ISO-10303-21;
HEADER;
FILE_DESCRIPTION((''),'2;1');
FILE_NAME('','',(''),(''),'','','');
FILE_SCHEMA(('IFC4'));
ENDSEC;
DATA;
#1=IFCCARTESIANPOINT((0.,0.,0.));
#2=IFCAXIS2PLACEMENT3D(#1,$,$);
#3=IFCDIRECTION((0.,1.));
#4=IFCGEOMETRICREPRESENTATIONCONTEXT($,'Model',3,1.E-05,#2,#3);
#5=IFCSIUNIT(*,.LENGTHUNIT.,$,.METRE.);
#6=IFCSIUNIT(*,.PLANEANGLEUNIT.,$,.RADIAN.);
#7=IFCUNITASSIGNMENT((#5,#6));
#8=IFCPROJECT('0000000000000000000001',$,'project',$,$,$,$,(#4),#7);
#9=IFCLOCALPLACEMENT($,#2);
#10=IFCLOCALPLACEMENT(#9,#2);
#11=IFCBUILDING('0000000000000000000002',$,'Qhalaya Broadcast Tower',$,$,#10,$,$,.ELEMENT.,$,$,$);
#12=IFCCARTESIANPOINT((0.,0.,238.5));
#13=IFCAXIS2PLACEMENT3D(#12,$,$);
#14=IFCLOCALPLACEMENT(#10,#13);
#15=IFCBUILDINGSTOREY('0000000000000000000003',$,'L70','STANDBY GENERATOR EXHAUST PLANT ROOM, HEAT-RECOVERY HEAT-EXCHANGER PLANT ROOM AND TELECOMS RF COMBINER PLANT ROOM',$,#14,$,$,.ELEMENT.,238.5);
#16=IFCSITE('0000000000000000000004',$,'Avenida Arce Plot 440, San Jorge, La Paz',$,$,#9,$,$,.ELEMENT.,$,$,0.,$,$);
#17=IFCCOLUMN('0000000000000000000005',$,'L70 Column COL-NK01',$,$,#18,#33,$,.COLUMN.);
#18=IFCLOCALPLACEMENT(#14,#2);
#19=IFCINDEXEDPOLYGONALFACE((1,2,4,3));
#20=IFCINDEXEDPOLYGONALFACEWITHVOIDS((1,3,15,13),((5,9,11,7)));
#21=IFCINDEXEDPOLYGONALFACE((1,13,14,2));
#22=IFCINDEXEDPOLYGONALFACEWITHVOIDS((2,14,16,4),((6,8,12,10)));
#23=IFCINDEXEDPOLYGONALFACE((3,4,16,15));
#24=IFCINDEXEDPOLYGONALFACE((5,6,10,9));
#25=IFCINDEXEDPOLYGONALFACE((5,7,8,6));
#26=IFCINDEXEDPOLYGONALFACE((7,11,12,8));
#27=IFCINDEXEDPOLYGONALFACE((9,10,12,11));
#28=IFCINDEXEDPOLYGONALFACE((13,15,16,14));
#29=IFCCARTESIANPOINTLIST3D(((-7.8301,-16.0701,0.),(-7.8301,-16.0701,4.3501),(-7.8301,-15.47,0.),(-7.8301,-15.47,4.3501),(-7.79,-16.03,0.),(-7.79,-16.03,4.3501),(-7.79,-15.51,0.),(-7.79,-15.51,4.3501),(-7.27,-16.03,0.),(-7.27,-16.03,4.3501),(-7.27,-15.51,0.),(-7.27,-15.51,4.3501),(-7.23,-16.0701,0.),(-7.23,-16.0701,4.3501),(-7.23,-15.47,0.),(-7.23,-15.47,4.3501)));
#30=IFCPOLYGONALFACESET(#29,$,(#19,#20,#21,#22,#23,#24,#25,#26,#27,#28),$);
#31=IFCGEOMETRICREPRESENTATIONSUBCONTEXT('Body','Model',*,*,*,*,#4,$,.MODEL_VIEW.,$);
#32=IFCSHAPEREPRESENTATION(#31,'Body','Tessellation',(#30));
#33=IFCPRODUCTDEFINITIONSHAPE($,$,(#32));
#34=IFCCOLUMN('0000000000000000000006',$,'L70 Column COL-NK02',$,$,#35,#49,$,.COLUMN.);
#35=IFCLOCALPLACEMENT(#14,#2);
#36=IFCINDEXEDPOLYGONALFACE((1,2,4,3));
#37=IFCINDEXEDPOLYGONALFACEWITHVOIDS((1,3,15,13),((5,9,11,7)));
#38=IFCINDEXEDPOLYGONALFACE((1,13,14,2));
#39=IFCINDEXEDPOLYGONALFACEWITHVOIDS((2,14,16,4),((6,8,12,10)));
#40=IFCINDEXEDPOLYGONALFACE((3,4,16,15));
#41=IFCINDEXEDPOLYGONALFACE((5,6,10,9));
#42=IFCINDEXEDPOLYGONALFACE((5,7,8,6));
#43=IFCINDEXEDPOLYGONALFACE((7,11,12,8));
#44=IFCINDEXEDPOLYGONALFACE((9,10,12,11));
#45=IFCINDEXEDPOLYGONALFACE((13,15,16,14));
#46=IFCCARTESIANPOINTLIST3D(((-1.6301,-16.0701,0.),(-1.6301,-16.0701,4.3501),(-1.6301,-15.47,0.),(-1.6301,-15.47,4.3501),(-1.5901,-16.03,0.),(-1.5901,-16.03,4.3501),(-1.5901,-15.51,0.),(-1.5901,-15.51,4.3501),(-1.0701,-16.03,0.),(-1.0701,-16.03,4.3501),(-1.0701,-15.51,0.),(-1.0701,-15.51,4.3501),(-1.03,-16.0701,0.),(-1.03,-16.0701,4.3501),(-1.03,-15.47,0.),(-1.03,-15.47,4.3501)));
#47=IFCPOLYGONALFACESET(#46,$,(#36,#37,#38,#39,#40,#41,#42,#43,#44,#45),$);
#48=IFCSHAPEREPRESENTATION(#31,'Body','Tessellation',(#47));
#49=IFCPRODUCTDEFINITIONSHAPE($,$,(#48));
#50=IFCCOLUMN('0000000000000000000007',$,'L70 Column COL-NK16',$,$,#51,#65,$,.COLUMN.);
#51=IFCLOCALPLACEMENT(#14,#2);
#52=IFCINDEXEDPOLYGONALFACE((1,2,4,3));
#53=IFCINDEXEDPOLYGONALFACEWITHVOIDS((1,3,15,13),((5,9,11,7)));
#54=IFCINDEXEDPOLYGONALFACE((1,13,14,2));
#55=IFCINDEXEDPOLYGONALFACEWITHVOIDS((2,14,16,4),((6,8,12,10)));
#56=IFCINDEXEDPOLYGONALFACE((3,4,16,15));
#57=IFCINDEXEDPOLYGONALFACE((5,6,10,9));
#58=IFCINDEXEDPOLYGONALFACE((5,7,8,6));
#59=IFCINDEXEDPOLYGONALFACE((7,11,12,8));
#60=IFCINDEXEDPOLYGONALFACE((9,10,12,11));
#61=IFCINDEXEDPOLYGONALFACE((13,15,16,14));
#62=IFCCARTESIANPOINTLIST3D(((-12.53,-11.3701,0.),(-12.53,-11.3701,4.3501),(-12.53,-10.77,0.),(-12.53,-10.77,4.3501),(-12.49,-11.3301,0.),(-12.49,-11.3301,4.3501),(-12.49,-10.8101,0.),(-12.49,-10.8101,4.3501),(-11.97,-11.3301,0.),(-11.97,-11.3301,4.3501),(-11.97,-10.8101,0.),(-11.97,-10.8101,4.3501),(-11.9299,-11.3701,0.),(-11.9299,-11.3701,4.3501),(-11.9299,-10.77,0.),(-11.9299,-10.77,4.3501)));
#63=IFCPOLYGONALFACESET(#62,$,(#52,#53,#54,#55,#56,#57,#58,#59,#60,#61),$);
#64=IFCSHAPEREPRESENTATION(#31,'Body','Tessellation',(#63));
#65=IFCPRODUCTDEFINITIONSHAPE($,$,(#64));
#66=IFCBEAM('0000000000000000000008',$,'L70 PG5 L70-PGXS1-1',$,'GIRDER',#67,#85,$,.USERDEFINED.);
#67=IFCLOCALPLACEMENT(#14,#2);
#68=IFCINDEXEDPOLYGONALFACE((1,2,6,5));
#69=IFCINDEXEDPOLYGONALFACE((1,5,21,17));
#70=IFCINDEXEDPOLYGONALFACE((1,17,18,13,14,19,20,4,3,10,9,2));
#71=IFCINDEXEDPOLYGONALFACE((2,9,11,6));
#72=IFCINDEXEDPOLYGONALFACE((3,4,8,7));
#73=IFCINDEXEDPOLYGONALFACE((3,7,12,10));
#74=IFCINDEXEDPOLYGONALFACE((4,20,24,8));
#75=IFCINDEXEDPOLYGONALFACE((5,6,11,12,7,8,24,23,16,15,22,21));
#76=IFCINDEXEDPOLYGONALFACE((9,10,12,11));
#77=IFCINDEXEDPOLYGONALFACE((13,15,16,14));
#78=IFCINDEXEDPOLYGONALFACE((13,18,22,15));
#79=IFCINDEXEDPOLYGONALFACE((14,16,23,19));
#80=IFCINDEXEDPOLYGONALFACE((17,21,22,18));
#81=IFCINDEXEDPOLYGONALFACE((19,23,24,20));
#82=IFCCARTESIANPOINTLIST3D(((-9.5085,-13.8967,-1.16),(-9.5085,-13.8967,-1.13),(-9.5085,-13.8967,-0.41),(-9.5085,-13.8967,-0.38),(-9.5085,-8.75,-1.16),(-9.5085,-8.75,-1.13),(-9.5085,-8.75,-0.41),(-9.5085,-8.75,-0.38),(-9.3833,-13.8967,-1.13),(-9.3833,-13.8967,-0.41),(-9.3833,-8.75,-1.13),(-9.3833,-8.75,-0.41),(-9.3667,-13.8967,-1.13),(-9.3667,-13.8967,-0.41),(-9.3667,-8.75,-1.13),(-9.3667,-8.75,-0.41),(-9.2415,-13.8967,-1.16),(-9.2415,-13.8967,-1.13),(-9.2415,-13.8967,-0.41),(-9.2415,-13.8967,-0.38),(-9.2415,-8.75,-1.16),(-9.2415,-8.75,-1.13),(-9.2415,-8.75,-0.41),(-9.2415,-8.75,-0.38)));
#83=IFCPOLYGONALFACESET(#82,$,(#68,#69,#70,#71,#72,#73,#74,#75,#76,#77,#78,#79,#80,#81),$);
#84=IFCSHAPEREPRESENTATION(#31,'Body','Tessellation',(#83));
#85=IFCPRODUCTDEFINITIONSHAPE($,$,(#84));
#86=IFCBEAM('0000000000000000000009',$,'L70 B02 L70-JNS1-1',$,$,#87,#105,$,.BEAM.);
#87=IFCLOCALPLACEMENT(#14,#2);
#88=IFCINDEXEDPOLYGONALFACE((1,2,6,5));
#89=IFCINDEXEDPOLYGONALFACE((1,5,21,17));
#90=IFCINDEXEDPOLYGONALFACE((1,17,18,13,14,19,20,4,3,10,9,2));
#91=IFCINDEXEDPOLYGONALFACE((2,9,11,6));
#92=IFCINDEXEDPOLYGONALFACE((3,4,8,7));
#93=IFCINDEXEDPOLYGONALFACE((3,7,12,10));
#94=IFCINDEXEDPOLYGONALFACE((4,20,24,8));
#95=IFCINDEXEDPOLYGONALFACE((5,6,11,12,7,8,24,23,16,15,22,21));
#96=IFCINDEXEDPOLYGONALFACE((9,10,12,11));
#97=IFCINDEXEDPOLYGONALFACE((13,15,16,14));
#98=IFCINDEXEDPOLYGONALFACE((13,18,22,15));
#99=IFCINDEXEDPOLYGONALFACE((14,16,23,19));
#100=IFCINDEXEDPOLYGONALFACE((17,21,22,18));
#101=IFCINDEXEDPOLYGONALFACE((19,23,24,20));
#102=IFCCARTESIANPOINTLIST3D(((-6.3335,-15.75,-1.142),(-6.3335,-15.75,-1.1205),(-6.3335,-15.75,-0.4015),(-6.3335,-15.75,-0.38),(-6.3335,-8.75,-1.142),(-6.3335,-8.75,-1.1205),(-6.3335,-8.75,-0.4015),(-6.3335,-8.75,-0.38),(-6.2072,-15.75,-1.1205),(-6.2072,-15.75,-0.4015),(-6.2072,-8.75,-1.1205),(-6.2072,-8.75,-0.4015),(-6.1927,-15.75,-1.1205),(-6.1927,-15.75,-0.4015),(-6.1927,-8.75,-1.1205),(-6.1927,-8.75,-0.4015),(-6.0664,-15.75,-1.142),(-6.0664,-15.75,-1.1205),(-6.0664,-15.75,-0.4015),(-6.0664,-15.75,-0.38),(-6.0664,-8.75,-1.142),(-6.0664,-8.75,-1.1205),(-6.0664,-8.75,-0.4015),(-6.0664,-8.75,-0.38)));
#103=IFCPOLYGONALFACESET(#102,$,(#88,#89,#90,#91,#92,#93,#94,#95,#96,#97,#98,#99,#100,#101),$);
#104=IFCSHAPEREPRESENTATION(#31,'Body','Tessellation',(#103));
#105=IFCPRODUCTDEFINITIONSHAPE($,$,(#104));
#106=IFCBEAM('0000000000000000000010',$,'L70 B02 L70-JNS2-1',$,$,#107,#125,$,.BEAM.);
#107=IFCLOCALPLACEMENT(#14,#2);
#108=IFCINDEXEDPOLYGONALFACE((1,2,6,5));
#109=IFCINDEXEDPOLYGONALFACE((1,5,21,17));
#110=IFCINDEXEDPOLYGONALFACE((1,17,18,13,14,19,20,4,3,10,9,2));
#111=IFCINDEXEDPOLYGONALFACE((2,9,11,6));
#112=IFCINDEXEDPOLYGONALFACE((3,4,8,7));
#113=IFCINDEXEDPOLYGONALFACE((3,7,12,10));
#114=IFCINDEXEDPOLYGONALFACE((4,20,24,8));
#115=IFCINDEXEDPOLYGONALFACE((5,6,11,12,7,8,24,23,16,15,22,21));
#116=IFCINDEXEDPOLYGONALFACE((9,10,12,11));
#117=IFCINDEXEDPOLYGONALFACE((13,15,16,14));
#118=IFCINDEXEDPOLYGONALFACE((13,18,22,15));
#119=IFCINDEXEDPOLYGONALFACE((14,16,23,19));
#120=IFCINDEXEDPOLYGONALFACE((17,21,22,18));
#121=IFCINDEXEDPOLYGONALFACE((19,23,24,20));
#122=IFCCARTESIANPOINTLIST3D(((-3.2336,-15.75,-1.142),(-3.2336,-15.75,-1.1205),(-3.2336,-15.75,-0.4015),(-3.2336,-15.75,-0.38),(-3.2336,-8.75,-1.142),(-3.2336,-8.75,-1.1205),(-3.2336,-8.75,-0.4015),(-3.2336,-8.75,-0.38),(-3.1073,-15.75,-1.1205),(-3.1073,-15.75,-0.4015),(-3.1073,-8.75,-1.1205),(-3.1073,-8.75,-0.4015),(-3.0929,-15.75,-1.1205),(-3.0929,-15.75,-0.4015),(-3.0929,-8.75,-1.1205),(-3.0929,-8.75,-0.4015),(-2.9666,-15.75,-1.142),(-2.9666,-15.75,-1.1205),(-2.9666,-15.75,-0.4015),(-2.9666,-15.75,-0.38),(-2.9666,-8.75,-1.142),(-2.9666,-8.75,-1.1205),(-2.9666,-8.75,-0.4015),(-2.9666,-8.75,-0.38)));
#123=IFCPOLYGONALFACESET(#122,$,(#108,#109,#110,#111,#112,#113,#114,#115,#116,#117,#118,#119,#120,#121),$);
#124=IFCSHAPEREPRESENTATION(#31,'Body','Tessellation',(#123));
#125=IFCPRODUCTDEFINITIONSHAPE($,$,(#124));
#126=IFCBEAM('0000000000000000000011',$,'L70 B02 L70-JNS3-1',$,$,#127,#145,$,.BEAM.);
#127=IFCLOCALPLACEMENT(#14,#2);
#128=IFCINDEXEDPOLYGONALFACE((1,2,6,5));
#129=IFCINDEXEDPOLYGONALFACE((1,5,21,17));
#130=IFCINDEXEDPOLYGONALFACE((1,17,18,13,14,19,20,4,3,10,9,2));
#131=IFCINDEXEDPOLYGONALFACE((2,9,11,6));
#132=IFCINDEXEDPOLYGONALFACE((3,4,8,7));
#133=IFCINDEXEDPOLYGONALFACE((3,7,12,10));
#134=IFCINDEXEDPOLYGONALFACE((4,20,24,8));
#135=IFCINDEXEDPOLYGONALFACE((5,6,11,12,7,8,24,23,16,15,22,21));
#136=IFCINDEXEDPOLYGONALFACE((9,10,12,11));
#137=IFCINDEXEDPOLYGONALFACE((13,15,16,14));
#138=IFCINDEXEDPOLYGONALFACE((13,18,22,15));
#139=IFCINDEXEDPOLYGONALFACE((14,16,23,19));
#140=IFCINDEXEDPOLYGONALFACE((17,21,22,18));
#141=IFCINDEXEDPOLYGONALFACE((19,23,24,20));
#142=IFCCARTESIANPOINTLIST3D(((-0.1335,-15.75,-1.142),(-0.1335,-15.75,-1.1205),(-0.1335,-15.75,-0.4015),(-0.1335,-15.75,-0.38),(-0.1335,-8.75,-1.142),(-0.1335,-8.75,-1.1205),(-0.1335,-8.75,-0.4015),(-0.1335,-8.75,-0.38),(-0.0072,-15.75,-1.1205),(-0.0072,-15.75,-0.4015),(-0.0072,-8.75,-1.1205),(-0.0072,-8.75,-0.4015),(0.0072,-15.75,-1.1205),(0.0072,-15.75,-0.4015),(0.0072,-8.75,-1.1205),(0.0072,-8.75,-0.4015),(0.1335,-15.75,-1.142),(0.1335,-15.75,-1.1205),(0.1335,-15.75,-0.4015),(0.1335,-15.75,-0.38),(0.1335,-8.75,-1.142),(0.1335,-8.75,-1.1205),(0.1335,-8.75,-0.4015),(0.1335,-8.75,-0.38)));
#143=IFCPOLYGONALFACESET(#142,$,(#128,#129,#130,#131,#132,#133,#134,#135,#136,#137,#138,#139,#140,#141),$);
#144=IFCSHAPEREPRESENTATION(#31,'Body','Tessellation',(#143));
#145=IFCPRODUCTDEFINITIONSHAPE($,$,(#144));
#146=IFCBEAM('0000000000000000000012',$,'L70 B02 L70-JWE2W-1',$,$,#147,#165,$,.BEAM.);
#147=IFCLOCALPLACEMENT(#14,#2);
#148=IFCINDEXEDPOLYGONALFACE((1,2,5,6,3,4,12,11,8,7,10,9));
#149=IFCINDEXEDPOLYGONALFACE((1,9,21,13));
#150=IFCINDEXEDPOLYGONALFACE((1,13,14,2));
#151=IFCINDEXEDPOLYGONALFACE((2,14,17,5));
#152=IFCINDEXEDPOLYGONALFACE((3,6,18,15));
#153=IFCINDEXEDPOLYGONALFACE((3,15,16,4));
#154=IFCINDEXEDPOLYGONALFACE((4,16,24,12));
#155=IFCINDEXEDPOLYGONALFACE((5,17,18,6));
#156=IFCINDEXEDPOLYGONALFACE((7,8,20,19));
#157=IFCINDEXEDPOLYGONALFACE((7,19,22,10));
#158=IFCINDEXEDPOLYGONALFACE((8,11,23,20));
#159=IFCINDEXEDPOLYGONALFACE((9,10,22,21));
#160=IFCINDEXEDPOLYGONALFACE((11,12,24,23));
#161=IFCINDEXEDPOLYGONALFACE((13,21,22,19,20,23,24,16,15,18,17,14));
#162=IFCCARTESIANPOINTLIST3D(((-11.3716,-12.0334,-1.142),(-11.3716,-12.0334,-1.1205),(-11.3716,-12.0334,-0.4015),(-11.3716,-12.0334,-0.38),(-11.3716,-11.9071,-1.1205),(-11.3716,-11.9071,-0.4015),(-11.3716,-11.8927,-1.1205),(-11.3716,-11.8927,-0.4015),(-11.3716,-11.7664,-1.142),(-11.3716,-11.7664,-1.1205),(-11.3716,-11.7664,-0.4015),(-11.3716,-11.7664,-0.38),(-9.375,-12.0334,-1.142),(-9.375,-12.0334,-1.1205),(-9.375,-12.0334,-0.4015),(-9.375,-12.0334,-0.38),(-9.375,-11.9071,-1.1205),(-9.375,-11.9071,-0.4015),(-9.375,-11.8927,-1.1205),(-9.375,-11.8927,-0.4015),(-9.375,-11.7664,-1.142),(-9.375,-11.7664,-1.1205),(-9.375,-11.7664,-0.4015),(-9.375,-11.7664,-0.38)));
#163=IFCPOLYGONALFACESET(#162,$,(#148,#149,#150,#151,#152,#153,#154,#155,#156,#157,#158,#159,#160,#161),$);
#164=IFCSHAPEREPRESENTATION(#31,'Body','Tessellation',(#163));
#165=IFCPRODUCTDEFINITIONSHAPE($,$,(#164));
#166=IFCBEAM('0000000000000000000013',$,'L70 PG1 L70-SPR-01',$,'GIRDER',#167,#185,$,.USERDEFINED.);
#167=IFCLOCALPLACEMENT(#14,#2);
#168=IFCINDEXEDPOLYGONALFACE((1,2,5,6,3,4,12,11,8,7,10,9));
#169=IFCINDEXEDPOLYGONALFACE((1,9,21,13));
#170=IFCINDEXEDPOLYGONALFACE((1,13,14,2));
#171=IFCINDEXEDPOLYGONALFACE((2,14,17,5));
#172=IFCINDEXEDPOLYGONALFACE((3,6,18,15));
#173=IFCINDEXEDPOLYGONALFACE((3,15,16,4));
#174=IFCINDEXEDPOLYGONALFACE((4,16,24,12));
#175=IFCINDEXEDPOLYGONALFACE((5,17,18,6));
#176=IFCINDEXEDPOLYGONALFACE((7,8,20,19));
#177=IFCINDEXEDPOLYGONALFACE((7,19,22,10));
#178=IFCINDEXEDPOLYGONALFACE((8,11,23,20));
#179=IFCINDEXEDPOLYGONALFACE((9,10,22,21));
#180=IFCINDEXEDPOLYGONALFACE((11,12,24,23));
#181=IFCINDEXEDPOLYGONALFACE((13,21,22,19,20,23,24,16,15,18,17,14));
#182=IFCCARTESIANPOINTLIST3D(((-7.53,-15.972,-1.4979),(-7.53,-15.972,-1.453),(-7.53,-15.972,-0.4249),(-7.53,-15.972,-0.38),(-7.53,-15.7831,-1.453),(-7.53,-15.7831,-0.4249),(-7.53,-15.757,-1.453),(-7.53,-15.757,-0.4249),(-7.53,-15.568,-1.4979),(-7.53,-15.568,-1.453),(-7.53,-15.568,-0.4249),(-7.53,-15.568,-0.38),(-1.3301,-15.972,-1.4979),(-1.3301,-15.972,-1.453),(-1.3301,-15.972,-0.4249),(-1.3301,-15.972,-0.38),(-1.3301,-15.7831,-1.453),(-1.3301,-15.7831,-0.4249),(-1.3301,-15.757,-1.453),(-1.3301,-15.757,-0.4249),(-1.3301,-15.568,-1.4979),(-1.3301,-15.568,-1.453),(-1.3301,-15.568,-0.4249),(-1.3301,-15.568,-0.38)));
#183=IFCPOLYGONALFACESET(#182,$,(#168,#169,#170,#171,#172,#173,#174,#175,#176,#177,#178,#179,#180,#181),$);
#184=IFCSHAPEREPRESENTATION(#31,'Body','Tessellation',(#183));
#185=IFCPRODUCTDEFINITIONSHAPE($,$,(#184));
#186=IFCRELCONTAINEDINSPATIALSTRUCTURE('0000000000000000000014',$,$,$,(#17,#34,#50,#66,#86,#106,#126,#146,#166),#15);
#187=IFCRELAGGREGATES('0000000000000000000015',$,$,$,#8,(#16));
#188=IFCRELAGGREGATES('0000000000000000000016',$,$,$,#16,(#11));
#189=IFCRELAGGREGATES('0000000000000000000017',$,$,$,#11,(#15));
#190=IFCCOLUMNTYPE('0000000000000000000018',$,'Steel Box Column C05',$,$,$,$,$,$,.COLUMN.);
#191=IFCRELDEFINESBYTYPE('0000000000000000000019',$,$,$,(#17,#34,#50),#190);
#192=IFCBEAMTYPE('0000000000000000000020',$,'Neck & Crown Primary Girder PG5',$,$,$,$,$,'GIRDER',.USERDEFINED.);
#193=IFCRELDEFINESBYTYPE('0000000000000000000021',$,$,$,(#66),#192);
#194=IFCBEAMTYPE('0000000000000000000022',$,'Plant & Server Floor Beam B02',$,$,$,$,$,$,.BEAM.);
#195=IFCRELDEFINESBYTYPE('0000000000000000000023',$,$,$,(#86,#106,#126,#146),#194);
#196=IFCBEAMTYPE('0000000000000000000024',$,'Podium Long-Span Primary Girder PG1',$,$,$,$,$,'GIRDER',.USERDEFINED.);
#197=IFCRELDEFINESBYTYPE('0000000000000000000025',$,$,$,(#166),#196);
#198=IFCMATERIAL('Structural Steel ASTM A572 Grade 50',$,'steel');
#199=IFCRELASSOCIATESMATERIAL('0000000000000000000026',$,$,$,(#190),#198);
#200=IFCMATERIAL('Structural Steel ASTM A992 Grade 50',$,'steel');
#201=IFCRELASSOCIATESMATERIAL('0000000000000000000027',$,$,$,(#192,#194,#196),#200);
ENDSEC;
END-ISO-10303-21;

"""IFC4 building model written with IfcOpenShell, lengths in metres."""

from ifc_helpers import new_model, si_unit, direction, frame, origin, origin_2d, place, context, subcontext, project, spatial, hollow_rectangle, i_section, extrude, material, material_profile, profile_set, type_object, element, save


model = new_model("IFC4")

# Units and contexts
model_context = context("Model", 3, precision=1e-05, world=origin(), true_north=direction((0.0, 1.0)))
body_context = subcontext(model_context, "Body", "Model", "MODEL_VIEW")
ifc_project = project(units=[si_unit("LENGTHUNIT", "METRE"), si_unit("PLANEANGLEUNIT", "RADIAN")], contexts=[model_context])

# Site, building, storey
site_placement = place(None, origin())
site = spatial("IfcSite", under=ifc_project, at=site_placement, Name="Avenida Arce Plot 440, San Jorge, La Paz", CompositionType="ELEMENT", RefElevation=0.0)
building_placement = place(site_placement, origin())
building = spatial("IfcBuilding", under=site, at=building_placement, Name="Qhalaya Broadcast Tower", CompositionType="ELEMENT")
storey_placement = place(building_placement, frame((0.0, 0.0, 238.5)))
storey = spatial("IfcBuildingStorey", under=building, at=storey_placement, Name="L70", Description="STANDBY GENERATOR EXHAUST PLANT ROOM, HEAT-RECOVERY HEAT-EXCHANGER PLANT ROOM AND TELECOMS RF COMBINER PLANT ROOM", CompositionType="ELEMENT", Elevation=238.5)

# Columns
ifc_material_1 = material(Name="Structural Steel ASTM A572 Grade 50", Category="steel")
ifc_material_profile_1 = material_profile(ifc_material_1, hollow_rectangle(XDim=0.6001, YDim=0.6001, WallThickness=0.04, at=origin_2d()), Name="BOX 600x600x40")
ifc_profile_set_1 = profile_set([ifc_material_profile_1], Name="Structural Steel ASTM A572 Grade 50")
column_type = type_object("IfcColumnType", Name="Steel Box Column C05", PredefinedType="COLUMN", material=ifc_profile_set_1)
for number, where, z_axis, x_axis, name in (
    (1, (-7.53, -15.77, 0.0), (0.0, 0.0, 1.0), (1.0, 0.0, 0.0), "L70 Column COL-NK01"),
    (2, (-1.3301, -15.77, 0.0), (0.0, 0.0, 1.0), (1.0, 0.0, 0.0), "L70 Column COL-NK02"),
    (3, (-12.23, -11.0701, 0.0), (0.0, 0.0, 1.0), (0.0, 1.0, 0.0), "L70 Column COL-NK16"),
):
    element("IfcColumn", number, at=place(storey_placement, frame(where, z_axis=z_axis, x_axis=x_axis)), inside=storey, type_object=column_type, Name=name, PredefinedType="COLUMN", context=body_context, shape_type="SweptSolid", body=[
        extrude(hollow_rectangle(XDim=0.6001, YDim=0.6001, WallThickness=0.04, at=origin_2d()), origin(), (0.0, 0.0, 1.0), 4.3501),
    ])

# Beams
ifc_material_2 = material(Name="Structural Steel ASTM A992 Grade 50", Category="steel")
ifc_material_profile_2 = material_profile(ifc_material_2, i_section(OverallWidth=0.2671, OverallDepth=0.78, WebThickness=0.0166, FlangeThickness=0.03, at=origin_2d()), Name="W30X148")
ifc_profile_set_2 = profile_set([ifc_material_profile_2], Name="Structural Steel ASTM A992 Grade 50")
beam_type_1 = type_object("IfcBeamType", Name="Neck & Crown Primary Girder PG5", ElementType="GIRDER", PredefinedType="USERDEFINED", material=ifc_profile_set_2)
beam_1_placement = place(storey_placement, frame((-9.375, -13.8967, -0.77), z_axis=(0.0, 1.0, 0.0), x_axis=(-1.0, 0.0, 0.0)))
element("IfcBeam", 4, at=beam_1_placement, inside=storey, type_object=beam_type_1, Name="L70 PG5 L70-PGXS1-1", ObjectType="GIRDER", PredefinedType="USERDEFINED", context=body_context, shape_type="SweptSolid", body=[
    extrude(i_section(OverallWidth=0.2671, OverallDepth=0.78, WebThickness=0.0166, FlangeThickness=0.03, at=origin_2d()), origin(), (0.0, 0.0, 1.0), 5.1467),
])
ifc_material_profile_3 = material_profile(ifc_material_2, i_section(OverallWidth=0.2671, OverallDepth=0.762, WebThickness=0.0144, FlangeThickness=0.0215, at=origin_2d()), Name="W30X116")
ifc_profile_set_3 = profile_set([ifc_material_profile_3], Name="Structural Steel ASTM A992 Grade 50")
beam_type_2 = type_object("IfcBeamType", Name="Plant & Server Floor Beam B02", PredefinedType="BEAM", material=ifc_profile_set_3)
for number, where, z_axis, x_axis, name in (
    (5, (-6.2, -15.75, -0.761), (0.0, 1.0, 0.0), (-1.0, 0.0, 0.0), "L70 B02 L70-JNS1-1"),
    (6, (-3.1001, -15.75, -0.761), (0.0, 1.0, 0.0), (-1.0, 0.0, 0.0), "L70 B02 L70-JNS2-1"),
    (7, (0.0, -15.75, -0.761), (0.0, 1.0, 0.0), (-1.0, 0.0, 0.0), "L70 B02 L70-JNS3-1"),
):
    element("IfcBeam", number, at=place(storey_placement, frame(where, z_axis=z_axis, x_axis=x_axis)), inside=storey, type_object=beam_type_2, Name=name, PredefinedType="BEAM", context=body_context, shape_type="SweptSolid", body=[
        extrude(i_section(OverallWidth=0.2671, OverallDepth=0.762, WebThickness=0.0144, FlangeThickness=0.0215, at=origin_2d()), origin(), (0.0, 0.0, 1.0), 7.0),
    ])
beam_2_placement = place(storey_placement, frame((-11.3716, -11.8999, -0.761), z_axis=(1.0, 0.0, 0.0), x_axis=(0.0, 1.0, 0.0)))
element("IfcBeam", 8, at=beam_2_placement, inside=storey, type_object=beam_type_2, Name="L70 B02 L70-JWE2W-1", PredefinedType="BEAM", context=body_context, shape_type="SweptSolid", body=[
    extrude(i_section(OverallWidth=0.2671, OverallDepth=0.762, WebThickness=0.0144, FlangeThickness=0.0215, at=origin_2d()), origin(), (0.0, 0.0, 1.0), 1.9966),
])
ifc_material_profile_4 = material_profile(ifc_material_2, i_section(OverallWidth=0.4041, OverallDepth=1.1179, WebThickness=0.0261, FlangeThickness=0.0449, at=origin_2d()), Name="W44X335")
ifc_profile_set_4 = profile_set([ifc_material_profile_4], Name="Structural Steel ASTM A992 Grade 50")
beam_type_3 = type_object("IfcBeamType", Name="Podium Long-Span Primary Girder PG1", ElementType="GIRDER", PredefinedType="USERDEFINED", material=ifc_profile_set_4)
beam_3_placement = place(storey_placement, frame((-7.53, -15.77, -0.939), z_axis=(1.0, 0.0, 0.0), x_axis=(0.0, 1.0, 0.0)))
element("IfcBeam", 9, at=beam_3_placement, inside=storey, type_object=beam_type_3, Name="L70 PG1 L70-SPR-01", ObjectType="GIRDER", PredefinedType="USERDEFINED", context=body_context, shape_type="SweptSolid", body=[
    extrude(i_section(OverallWidth=0.4041, OverallDepth=1.1179, WebThickness=0.0261, FlangeThickness=0.0449, at=origin_2d()), origin(), (0.0, 0.0, 1.0), 6.2),
])

save(model, "model.ifc")
